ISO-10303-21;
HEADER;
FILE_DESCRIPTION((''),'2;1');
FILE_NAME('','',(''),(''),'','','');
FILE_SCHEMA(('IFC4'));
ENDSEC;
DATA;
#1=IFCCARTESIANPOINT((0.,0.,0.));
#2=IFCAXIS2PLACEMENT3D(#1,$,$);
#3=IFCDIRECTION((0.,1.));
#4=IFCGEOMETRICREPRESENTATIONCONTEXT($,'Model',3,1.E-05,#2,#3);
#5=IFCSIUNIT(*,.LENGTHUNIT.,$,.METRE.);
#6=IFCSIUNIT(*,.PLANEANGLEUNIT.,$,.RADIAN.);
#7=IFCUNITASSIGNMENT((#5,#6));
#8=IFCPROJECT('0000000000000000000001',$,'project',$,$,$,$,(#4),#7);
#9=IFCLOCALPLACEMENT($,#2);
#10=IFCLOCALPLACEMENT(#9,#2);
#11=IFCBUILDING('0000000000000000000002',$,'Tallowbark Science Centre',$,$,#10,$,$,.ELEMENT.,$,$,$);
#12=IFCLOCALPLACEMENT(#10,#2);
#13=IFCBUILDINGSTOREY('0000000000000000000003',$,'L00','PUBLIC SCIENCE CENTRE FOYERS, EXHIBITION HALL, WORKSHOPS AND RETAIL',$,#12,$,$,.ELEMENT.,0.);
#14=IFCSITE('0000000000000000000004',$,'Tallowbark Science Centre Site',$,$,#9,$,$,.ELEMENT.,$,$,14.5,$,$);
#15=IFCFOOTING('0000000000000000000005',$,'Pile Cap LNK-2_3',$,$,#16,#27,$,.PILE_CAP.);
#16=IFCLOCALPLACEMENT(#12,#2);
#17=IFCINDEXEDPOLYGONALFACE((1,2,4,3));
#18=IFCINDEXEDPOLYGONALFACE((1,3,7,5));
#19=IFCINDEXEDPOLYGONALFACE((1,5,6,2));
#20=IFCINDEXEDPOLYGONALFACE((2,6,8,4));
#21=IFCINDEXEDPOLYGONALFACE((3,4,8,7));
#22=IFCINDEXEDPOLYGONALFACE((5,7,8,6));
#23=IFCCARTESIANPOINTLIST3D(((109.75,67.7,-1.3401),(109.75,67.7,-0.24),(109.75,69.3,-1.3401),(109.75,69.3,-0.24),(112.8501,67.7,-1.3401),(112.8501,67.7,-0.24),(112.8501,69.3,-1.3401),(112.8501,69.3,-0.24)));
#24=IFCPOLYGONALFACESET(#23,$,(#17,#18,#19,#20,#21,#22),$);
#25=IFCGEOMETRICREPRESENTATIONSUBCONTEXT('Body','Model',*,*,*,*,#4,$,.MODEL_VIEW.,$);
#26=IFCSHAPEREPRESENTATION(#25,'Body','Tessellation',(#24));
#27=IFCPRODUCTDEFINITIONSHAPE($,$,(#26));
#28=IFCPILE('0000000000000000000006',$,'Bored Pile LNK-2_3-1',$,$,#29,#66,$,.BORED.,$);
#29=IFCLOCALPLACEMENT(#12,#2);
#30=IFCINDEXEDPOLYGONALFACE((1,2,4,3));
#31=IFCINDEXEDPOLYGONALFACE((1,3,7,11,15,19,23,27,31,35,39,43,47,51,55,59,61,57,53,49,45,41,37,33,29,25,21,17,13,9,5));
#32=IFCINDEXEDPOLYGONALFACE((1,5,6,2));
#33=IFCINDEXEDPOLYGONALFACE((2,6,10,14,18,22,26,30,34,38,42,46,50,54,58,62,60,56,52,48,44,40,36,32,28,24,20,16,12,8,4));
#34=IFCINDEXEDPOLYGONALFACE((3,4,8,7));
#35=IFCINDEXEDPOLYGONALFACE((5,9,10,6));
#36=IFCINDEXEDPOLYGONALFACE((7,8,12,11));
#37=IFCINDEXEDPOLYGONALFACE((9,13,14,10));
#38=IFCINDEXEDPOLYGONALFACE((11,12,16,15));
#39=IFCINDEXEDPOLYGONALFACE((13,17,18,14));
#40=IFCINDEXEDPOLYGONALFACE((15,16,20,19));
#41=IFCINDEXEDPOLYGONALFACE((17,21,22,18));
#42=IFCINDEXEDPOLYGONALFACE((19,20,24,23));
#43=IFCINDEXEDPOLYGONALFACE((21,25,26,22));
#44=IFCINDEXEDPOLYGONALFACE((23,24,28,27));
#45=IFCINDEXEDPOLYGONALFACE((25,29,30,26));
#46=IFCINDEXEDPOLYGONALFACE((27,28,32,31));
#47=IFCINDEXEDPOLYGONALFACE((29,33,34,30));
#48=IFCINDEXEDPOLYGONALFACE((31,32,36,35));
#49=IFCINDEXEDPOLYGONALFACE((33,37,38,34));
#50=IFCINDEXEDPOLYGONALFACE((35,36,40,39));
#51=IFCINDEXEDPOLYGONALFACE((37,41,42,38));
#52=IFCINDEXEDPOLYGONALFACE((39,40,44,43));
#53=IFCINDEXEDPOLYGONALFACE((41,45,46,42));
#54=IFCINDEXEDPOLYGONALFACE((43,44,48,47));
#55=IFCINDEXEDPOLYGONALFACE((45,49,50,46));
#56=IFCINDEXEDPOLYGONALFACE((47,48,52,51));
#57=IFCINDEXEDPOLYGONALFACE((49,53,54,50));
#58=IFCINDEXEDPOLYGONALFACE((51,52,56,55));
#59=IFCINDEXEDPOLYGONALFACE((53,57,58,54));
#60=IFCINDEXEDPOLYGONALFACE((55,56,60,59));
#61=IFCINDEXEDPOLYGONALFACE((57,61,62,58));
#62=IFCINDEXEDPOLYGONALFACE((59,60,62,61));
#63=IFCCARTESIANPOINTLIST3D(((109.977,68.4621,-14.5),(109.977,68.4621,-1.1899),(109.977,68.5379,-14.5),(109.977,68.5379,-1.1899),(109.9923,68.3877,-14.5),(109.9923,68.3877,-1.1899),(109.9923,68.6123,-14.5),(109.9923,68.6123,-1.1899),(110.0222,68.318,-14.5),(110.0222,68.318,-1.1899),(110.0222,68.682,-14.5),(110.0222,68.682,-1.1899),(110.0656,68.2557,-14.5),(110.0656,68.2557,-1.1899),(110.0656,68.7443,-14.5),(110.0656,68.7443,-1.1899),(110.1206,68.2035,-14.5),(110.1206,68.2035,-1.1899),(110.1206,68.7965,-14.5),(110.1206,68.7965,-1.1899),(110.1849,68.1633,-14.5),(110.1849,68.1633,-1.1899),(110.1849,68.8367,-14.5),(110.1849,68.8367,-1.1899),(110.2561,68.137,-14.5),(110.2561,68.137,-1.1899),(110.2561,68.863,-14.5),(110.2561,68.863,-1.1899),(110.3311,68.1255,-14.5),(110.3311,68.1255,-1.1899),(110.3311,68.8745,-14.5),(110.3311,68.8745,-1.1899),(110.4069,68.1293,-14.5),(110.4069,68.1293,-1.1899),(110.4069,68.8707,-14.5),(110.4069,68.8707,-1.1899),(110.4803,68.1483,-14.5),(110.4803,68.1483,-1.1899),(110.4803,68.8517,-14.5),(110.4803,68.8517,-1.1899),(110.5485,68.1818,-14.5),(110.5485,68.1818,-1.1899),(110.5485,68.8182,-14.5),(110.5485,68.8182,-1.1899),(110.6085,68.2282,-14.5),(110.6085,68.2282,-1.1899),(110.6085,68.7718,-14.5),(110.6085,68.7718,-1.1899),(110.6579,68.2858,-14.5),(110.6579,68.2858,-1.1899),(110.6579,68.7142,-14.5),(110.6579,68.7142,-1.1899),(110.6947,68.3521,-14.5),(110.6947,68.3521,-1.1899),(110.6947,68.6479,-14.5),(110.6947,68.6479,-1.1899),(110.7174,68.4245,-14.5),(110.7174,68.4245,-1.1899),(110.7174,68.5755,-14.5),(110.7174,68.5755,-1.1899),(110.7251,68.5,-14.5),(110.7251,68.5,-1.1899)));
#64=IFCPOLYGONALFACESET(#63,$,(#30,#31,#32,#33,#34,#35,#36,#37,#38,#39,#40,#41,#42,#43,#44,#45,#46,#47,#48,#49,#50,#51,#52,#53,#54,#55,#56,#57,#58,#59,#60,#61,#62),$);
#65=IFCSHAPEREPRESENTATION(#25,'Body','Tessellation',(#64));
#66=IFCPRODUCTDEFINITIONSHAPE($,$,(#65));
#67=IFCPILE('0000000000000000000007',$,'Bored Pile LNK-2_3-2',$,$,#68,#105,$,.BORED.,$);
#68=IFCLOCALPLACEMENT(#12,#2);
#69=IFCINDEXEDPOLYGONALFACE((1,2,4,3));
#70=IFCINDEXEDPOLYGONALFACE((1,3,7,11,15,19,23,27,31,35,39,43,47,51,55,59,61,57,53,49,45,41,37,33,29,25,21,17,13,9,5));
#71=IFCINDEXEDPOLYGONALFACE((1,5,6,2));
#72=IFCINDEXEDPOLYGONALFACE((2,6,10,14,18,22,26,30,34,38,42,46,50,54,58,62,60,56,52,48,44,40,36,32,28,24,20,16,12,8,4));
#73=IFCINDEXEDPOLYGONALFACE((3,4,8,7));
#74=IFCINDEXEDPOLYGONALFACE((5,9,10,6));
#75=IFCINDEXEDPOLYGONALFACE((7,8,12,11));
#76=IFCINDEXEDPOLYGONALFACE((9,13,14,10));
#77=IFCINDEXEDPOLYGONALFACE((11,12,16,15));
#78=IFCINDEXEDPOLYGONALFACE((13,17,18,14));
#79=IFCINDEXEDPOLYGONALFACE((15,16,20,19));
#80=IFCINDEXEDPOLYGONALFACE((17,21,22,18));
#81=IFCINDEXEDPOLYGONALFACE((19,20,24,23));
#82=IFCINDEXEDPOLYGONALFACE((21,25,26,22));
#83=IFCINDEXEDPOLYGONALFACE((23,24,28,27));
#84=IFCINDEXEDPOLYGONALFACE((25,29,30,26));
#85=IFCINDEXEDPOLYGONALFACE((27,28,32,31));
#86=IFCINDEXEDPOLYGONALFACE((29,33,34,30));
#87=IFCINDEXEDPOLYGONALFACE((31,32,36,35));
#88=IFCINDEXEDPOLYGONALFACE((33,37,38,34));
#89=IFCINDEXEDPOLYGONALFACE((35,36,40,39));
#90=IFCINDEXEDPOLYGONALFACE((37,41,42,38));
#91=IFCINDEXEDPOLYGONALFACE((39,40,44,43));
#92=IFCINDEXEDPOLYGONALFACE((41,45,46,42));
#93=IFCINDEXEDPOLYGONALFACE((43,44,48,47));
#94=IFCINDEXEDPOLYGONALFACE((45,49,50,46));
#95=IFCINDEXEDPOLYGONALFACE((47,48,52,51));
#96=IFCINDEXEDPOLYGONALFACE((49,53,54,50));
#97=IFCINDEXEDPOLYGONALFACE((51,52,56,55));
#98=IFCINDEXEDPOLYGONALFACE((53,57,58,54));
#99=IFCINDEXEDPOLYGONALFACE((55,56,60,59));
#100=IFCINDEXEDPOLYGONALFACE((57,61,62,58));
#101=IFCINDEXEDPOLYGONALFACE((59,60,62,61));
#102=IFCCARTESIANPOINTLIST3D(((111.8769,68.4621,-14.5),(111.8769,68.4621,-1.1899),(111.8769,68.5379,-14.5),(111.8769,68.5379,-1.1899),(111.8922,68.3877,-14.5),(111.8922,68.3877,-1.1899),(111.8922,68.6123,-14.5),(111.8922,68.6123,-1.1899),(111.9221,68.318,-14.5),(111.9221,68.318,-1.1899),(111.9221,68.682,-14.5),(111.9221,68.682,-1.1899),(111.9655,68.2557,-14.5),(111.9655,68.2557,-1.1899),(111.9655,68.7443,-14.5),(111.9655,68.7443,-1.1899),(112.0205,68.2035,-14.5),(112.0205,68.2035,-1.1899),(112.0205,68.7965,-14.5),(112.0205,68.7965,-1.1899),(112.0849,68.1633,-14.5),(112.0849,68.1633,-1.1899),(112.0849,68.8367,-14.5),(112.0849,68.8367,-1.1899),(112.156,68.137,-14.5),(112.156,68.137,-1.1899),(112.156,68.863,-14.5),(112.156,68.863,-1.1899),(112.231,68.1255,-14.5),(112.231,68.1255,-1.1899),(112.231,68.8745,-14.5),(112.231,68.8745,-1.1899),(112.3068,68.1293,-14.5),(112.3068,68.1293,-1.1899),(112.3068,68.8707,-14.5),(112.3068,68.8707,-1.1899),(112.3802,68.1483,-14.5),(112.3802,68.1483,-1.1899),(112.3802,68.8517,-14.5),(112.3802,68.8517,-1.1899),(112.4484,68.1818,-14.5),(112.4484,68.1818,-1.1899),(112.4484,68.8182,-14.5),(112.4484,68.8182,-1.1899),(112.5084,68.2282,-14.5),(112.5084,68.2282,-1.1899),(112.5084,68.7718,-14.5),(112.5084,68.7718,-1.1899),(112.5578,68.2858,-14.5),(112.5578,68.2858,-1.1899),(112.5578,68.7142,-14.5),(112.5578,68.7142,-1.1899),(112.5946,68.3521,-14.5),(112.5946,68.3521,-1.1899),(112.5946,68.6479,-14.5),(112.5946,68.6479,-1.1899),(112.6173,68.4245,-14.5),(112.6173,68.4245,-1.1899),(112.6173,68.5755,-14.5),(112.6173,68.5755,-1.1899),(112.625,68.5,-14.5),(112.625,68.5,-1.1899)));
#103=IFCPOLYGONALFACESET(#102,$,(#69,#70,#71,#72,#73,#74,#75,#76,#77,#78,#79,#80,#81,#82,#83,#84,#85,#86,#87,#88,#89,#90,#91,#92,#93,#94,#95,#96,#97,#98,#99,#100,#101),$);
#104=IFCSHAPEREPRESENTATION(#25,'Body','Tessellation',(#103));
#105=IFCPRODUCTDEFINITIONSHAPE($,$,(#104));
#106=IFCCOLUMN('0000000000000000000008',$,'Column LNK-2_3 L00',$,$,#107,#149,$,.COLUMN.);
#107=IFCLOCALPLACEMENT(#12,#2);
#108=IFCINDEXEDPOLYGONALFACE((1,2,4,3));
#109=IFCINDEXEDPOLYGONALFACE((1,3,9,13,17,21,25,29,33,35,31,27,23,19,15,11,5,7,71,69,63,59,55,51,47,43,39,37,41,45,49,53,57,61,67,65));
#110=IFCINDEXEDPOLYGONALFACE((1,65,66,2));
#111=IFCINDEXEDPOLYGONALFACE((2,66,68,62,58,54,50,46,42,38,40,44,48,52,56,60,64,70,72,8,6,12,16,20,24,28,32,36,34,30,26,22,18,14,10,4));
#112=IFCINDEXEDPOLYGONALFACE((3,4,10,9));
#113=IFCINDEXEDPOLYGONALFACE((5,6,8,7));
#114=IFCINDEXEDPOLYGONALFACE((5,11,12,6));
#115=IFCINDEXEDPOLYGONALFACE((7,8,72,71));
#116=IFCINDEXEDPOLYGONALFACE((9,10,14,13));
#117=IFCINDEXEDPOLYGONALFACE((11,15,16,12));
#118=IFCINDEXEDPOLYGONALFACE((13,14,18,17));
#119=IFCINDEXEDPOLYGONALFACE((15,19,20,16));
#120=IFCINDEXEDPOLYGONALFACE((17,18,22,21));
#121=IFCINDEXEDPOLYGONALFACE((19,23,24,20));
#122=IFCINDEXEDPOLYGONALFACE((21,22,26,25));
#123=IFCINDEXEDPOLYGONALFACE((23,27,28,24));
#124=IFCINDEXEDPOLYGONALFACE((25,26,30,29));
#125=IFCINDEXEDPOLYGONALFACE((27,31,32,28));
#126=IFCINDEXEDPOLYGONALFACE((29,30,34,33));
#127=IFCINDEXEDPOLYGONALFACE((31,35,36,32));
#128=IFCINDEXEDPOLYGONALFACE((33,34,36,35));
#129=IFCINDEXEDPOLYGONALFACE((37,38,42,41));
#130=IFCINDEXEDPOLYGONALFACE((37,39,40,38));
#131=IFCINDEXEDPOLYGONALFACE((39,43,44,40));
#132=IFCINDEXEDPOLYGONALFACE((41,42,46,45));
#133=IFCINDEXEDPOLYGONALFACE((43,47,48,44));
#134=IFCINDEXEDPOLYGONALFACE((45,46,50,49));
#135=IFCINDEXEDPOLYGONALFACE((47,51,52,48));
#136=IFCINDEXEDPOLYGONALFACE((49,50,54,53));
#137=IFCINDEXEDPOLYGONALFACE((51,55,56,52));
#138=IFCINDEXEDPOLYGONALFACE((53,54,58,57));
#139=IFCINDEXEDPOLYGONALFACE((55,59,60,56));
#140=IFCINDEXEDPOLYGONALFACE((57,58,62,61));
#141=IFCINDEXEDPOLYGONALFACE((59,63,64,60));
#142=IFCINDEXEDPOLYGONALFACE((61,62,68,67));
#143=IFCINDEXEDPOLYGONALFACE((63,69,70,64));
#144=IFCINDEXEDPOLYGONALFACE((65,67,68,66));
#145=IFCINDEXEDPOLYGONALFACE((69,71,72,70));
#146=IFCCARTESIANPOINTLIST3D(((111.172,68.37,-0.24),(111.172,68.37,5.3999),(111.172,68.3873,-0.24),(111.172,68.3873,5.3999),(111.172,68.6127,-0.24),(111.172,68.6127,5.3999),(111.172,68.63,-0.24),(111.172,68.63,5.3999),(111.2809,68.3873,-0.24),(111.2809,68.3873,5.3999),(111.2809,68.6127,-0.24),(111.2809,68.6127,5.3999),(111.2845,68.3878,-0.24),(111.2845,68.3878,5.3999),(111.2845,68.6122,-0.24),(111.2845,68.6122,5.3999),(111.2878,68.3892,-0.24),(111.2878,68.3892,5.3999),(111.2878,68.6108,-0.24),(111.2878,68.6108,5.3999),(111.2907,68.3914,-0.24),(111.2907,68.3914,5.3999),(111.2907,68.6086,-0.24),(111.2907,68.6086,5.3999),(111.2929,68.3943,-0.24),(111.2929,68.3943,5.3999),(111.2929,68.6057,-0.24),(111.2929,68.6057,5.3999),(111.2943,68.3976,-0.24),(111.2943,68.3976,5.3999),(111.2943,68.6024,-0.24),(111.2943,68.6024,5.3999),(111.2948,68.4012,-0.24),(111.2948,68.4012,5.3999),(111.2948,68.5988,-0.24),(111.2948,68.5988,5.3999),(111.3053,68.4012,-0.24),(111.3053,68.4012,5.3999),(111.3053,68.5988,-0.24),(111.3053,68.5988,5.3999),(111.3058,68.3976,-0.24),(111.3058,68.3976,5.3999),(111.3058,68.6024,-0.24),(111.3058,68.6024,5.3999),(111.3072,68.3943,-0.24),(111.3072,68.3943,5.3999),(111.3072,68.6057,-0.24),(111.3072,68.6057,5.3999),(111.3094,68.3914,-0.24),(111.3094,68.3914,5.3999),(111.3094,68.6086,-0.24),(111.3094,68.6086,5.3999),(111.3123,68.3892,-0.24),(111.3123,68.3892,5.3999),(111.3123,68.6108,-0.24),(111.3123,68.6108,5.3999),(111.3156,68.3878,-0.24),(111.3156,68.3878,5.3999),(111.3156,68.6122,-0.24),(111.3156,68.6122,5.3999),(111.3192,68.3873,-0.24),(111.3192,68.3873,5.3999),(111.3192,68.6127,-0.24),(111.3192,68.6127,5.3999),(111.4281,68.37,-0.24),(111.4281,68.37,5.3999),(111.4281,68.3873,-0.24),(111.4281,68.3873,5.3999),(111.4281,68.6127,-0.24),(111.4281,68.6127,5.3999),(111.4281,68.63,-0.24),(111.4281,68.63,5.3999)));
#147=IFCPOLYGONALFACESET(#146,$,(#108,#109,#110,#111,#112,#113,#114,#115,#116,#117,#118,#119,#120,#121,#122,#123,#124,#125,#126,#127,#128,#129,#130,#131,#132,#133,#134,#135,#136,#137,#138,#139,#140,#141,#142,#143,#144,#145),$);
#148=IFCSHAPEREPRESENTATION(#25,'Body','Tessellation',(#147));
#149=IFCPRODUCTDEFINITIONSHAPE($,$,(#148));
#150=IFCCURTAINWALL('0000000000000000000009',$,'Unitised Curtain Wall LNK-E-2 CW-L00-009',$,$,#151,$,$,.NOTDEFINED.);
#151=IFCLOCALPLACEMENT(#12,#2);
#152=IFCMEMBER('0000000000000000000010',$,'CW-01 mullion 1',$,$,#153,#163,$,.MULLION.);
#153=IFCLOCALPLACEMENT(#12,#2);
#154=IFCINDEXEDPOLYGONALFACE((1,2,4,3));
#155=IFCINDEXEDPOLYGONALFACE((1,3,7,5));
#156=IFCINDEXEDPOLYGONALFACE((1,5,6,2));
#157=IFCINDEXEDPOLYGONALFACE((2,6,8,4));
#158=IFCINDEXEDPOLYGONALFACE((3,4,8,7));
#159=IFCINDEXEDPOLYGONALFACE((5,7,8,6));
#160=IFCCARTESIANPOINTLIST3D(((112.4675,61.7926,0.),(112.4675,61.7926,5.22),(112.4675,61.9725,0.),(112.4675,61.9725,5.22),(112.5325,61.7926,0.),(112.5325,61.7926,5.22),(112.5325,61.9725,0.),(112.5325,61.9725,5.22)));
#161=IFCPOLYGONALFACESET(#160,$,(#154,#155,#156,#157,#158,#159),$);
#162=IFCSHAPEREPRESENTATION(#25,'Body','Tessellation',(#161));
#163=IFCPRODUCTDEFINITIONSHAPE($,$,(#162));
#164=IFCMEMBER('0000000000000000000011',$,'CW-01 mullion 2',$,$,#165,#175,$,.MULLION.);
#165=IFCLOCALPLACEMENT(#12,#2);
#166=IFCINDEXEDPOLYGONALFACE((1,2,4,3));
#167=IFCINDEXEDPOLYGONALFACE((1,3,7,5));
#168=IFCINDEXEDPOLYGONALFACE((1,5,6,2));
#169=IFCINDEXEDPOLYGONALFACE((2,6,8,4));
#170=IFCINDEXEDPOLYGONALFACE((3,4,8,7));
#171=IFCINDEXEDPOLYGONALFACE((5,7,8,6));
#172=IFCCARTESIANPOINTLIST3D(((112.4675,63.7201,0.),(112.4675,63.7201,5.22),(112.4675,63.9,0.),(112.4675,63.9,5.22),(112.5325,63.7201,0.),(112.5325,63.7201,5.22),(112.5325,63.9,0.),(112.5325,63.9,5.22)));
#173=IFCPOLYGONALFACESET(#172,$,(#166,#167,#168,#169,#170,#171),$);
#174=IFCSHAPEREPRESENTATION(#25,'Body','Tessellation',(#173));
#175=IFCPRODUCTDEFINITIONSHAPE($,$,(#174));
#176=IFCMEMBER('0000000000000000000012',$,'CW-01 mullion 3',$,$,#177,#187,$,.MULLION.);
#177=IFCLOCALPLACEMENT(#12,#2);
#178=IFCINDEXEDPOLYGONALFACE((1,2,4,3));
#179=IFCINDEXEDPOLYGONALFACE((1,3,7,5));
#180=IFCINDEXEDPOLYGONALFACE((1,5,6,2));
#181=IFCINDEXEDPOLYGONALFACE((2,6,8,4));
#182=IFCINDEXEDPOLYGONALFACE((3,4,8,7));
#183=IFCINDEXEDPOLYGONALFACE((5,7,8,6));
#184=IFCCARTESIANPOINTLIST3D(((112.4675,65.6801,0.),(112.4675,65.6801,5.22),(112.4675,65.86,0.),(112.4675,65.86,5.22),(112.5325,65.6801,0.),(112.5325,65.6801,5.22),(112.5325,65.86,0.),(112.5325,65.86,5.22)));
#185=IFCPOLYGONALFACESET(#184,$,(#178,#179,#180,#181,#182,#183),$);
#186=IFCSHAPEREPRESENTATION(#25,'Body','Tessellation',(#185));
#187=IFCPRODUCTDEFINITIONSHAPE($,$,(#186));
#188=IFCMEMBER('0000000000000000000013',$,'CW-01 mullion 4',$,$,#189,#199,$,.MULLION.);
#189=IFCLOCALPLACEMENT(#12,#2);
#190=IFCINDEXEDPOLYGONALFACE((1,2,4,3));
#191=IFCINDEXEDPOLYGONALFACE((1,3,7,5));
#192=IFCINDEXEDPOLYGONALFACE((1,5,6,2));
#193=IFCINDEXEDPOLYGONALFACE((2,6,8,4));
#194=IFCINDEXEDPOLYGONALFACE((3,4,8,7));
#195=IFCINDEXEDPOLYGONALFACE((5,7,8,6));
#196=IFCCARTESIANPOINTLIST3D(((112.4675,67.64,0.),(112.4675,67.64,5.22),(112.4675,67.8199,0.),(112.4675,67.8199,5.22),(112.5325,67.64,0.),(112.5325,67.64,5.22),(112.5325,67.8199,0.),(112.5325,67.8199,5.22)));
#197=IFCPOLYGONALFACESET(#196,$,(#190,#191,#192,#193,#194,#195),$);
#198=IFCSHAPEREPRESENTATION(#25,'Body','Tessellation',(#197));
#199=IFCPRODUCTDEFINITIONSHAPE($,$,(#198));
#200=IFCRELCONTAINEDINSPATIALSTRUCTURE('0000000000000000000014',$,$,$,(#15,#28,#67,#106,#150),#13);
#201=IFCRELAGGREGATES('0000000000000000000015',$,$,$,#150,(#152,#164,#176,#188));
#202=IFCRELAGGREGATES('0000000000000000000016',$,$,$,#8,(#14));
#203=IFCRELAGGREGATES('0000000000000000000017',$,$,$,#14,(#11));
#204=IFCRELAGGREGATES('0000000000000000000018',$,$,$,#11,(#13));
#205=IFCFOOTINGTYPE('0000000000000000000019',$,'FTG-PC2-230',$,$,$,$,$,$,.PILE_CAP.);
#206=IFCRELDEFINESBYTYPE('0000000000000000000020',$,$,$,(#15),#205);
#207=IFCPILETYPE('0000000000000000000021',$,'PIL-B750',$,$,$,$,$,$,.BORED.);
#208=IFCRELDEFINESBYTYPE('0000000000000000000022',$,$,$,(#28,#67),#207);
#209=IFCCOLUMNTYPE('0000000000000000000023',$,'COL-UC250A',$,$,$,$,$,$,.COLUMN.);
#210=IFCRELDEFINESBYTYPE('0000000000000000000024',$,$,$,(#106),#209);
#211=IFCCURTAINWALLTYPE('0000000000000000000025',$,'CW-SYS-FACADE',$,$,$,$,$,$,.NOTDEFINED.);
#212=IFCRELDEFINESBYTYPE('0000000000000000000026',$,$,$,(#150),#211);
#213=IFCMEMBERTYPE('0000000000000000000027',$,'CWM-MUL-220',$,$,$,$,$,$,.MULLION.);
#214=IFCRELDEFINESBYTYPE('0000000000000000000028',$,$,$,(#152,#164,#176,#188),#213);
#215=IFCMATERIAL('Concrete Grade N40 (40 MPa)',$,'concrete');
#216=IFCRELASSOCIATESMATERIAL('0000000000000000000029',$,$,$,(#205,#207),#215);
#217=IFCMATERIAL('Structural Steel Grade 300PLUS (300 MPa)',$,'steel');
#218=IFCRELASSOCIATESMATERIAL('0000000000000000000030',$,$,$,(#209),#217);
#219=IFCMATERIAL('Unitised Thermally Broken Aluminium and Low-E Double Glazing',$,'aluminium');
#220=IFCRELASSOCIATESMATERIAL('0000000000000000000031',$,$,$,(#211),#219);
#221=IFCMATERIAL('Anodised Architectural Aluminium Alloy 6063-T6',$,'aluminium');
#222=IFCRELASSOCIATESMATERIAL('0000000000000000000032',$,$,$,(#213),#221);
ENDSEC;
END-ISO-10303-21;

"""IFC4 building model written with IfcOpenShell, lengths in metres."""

from ifc_helpers import new_model, si_unit, direction, frame, origin, origin_2d, place, context, subcontext, project, spatial, rectangle, circle, i_section, extrude, material, material_profile, profile_set, type_object, element, aggregate, save


model = new_model("IFC4")

# Units and contexts
model_context = context("Model", 3, precision=1e-05, world=origin(), true_north=direction((0.0, 1.0)))
body_context = subcontext(model_context, "Body", "Model", "MODEL_VIEW")
ifc_project = project(units=[si_unit("LENGTHUNIT", "METRE"), si_unit("PLANEANGLEUNIT", "RADIAN")], contexts=[model_context])

# Site, building, storey
site_placement = place(None, origin())
site = spatial("IfcSite", under=ifc_project, at=site_placement, Name="Tallowbark Science Centre Site", CompositionType="ELEMENT", RefElevation=14.5)
building_placement = place(site_placement, origin())
building = spatial("IfcBuilding", under=site, at=building_placement, Name="Tallowbark Science Centre", CompositionType="ELEMENT")
storey_placement = place(building_placement, origin())
storey = spatial("IfcBuildingStorey", under=building, at=storey_placement, Name="L00", Description="PUBLIC SCIENCE CENTRE FOYERS, EXHIBITION HALL, WORKSHOPS AND RETAIL", CompositionType="ELEMENT", Elevation=0.0)

# Footing
ifc_material_1 = material(Name="Concrete Grade N40 (40 MPa)", Category="concrete")
footing_type = type_object("IfcFootingType", Name="FTG-PC2-230", PredefinedType="PILE_CAP", material=ifc_material_1)
footing_placement = place(storey_placement, frame((111.3, 68.5, -1.3401), z_axis=(0.0, 0.0, 1.0), x_axis=(1.0, 0.0, 0.0)))
element("IfcFooting", 1, at=footing_placement, inside=storey, type_object=footing_type, Name="Pile Cap LNK-2_3", PredefinedType="PILE_CAP", context=body_context, shape_type="SweptSolid", body=[
    extrude(rectangle(XDim=3.1001, YDim=1.6001, at=origin_2d()), origin(), (0.0, 0.0, 1.0), 1.1001),
])

# Piles
ifc_material_profile_1 = material_profile(ifc_material_1, circle(Radius=0.375, at=origin_2d()), Name="PILE750")
ifc_profile_set_1 = profile_set([ifc_material_profile_1], Name="Concrete Grade N40 (40 MPa)")
pile_type = type_object("IfcPileType", Name="PIL-B750", PredefinedType="BORED", material=ifc_profile_set_1)
for number, where, z_axis, x_axis, name in (
    (2, (110.3501, 68.5, -1.1899), (0.0, 0.0, -1.0), (1.0, 0.0, 0.0), "Bored Pile LNK-2_3-1"),
    (3, (112.25, 68.5, -1.1899), (0.0, 0.0, -1.0), (1.0, 0.0, 0.0), "Bored Pile LNK-2_3-2"),
):
    element("IfcPile", number, at=place(storey_placement, frame(where, z_axis=z_axis, x_axis=x_axis)), inside=storey, type_object=pile_type, Name=name, PredefinedType="BORED", context=body_context, shape_type="SweptSolid", body=[
        extrude(circle(Radius=0.375, at=origin_2d()), origin(), (0.0, 0.0, 1.0), 13.3101),
    ])

# Column
ifc_material_2 = material(Name="Structural Steel Grade 300PLUS (300 MPa)", Category="steel")
ifc_material_profile_2 = material_profile(ifc_material_2, i_section(OverallWidth=0.2561, OverallDepth=0.26, WebThickness=0.0105, FlangeThickness=0.0173, FilletRadius=0.0139, at=origin_2d()), Name="250UC89.5")
ifc_profile_set_2 = profile_set([ifc_material_profile_2], Name="Structural Steel Grade 300PLUS (300 MPa)")
column_type = type_object("IfcColumnType", Name="COL-UC250A", PredefinedType="COLUMN", material=ifc_profile_set_2)
column_placement = place(storey_placement, frame((111.3, 68.5, -0.24), z_axis=(0.0, 0.0, 1.0), x_axis=(1.0, 0.0, 0.0)))
element("IfcColumn", 4, at=column_placement, inside=storey, type_object=column_type, Name="Column LNK-2_3 L00", PredefinedType="COLUMN", context=body_context, shape_type="SweptSolid", body=[
    extrude(i_section(OverallWidth=0.2561, OverallDepth=0.26, WebThickness=0.0105, FlangeThickness=0.0173, FilletRadius=0.0139, at=origin_2d()), origin(), (0.0, 0.0, 1.0), 5.6399),
])

# Curtain wall, members
ifc_material_3 = material(Name="Unitised Thermally Broken Aluminium and Low-E Double Glazing", Category="aluminium")
curtain_wall_type = type_object("IfcCurtainWallType", Name="CW-SYS-FACADE", PredefinedType="NOTDEFINED", material=ifc_material_3)
curtain_wall_placement = place(storey_placement, origin())
curtain_wall = element("IfcCurtainWall", 5, at=curtain_wall_placement, inside=storey, type_object=curtain_wall_type, Name="Unitised Curtain Wall LNK-E-2 CW-L00-009", PredefinedType="NOTDEFINED")
ifc_material_4 = material(Name="Anodised Architectural Aluminium Alloy 6063-T6", Category="aluminium")
ifc_material_profile_3 = material_profile(ifc_material_4, rectangle(XDim=0.0649, YDim=0.1799, at=origin_2d()), Name="ALU65x180")
ifc_profile_set_3 = profile_set([ifc_material_profile_3], Name="Anodised Architectural Aluminium Alloy 6063-T6")
member_type_1 = type_object("IfcMemberType", Name="CWM-MUL-220", PredefinedType="MULLION", material=ifc_profile_set_3)
member_1_placement = place(storey_placement, frame((112.5, 61.8826, 0.0), z_axis=(0.0, 0.0, 1.0), x_axis=(-1.0, 0.0, 0.0)))
member_1 = element("IfcMember", 6, at=member_1_placement, type_object=member_type_1, Name="CW-01 mullion 1", PredefinedType="MULLION", context=body_context, shape_type="SweptSolid", body=[
    extrude(rectangle(XDim=0.0649, YDim=0.1799, at=origin_2d()), origin(), (0.0, 0.0, 1.0), 5.22),
])
member_2_placement = place(storey_placement, frame((112.5, 63.8101, 0.0), z_axis=(0.0, 0.0, 1.0), x_axis=(-1.0, 0.0, 0.0)))
member_2 = element("IfcMember", 7, at=member_2_placement, type_object=member_type_1, Name="CW-01 mullion 2", PredefinedType="MULLION", context=body_context, shape_type="SweptSolid", body=[
    extrude(rectangle(XDim=0.0649, YDim=0.1799, at=origin_2d()), origin(), (0.0, 0.0, 1.0), 5.22),
])
member_3_placement = place(storey_placement, frame((112.5, 65.77, 0.0), z_axis=(0.0, 0.0, 1.0), x_axis=(-1.0, 0.0, 0.0)))
member_3 = element("IfcMember", 8, at=member_3_placement, type_object=member_type_1, Name="CW-01 mullion 3", PredefinedType="MULLION", context=body_context, shape_type="SweptSolid", body=[
    extrude(rectangle(XDim=0.0649, YDim=0.1799, at=origin_2d()), origin(), (0.0, 0.0, 1.0), 5.22),
])
member_4_placement = place(storey_placement, frame((112.5, 67.73, 0.0), z_axis=(0.0, 0.0, 1.0), x_axis=(-1.0, 0.0, 0.0)))
member_4 = element("IfcMember", 9, at=member_4_placement, type_object=member_type_1, Name="CW-01 mullion 4", PredefinedType="MULLION", context=body_context, shape_type="SweptSolid", body=[
    extrude(rectangle(XDim=0.0649, YDim=0.1799, at=origin_2d()), origin(), (0.0, 0.0, 1.0), 5.22),
])
aggregate(curtain_wall, [member_1, member_2, member_3, member_4])

save(model, "model.ifc")
